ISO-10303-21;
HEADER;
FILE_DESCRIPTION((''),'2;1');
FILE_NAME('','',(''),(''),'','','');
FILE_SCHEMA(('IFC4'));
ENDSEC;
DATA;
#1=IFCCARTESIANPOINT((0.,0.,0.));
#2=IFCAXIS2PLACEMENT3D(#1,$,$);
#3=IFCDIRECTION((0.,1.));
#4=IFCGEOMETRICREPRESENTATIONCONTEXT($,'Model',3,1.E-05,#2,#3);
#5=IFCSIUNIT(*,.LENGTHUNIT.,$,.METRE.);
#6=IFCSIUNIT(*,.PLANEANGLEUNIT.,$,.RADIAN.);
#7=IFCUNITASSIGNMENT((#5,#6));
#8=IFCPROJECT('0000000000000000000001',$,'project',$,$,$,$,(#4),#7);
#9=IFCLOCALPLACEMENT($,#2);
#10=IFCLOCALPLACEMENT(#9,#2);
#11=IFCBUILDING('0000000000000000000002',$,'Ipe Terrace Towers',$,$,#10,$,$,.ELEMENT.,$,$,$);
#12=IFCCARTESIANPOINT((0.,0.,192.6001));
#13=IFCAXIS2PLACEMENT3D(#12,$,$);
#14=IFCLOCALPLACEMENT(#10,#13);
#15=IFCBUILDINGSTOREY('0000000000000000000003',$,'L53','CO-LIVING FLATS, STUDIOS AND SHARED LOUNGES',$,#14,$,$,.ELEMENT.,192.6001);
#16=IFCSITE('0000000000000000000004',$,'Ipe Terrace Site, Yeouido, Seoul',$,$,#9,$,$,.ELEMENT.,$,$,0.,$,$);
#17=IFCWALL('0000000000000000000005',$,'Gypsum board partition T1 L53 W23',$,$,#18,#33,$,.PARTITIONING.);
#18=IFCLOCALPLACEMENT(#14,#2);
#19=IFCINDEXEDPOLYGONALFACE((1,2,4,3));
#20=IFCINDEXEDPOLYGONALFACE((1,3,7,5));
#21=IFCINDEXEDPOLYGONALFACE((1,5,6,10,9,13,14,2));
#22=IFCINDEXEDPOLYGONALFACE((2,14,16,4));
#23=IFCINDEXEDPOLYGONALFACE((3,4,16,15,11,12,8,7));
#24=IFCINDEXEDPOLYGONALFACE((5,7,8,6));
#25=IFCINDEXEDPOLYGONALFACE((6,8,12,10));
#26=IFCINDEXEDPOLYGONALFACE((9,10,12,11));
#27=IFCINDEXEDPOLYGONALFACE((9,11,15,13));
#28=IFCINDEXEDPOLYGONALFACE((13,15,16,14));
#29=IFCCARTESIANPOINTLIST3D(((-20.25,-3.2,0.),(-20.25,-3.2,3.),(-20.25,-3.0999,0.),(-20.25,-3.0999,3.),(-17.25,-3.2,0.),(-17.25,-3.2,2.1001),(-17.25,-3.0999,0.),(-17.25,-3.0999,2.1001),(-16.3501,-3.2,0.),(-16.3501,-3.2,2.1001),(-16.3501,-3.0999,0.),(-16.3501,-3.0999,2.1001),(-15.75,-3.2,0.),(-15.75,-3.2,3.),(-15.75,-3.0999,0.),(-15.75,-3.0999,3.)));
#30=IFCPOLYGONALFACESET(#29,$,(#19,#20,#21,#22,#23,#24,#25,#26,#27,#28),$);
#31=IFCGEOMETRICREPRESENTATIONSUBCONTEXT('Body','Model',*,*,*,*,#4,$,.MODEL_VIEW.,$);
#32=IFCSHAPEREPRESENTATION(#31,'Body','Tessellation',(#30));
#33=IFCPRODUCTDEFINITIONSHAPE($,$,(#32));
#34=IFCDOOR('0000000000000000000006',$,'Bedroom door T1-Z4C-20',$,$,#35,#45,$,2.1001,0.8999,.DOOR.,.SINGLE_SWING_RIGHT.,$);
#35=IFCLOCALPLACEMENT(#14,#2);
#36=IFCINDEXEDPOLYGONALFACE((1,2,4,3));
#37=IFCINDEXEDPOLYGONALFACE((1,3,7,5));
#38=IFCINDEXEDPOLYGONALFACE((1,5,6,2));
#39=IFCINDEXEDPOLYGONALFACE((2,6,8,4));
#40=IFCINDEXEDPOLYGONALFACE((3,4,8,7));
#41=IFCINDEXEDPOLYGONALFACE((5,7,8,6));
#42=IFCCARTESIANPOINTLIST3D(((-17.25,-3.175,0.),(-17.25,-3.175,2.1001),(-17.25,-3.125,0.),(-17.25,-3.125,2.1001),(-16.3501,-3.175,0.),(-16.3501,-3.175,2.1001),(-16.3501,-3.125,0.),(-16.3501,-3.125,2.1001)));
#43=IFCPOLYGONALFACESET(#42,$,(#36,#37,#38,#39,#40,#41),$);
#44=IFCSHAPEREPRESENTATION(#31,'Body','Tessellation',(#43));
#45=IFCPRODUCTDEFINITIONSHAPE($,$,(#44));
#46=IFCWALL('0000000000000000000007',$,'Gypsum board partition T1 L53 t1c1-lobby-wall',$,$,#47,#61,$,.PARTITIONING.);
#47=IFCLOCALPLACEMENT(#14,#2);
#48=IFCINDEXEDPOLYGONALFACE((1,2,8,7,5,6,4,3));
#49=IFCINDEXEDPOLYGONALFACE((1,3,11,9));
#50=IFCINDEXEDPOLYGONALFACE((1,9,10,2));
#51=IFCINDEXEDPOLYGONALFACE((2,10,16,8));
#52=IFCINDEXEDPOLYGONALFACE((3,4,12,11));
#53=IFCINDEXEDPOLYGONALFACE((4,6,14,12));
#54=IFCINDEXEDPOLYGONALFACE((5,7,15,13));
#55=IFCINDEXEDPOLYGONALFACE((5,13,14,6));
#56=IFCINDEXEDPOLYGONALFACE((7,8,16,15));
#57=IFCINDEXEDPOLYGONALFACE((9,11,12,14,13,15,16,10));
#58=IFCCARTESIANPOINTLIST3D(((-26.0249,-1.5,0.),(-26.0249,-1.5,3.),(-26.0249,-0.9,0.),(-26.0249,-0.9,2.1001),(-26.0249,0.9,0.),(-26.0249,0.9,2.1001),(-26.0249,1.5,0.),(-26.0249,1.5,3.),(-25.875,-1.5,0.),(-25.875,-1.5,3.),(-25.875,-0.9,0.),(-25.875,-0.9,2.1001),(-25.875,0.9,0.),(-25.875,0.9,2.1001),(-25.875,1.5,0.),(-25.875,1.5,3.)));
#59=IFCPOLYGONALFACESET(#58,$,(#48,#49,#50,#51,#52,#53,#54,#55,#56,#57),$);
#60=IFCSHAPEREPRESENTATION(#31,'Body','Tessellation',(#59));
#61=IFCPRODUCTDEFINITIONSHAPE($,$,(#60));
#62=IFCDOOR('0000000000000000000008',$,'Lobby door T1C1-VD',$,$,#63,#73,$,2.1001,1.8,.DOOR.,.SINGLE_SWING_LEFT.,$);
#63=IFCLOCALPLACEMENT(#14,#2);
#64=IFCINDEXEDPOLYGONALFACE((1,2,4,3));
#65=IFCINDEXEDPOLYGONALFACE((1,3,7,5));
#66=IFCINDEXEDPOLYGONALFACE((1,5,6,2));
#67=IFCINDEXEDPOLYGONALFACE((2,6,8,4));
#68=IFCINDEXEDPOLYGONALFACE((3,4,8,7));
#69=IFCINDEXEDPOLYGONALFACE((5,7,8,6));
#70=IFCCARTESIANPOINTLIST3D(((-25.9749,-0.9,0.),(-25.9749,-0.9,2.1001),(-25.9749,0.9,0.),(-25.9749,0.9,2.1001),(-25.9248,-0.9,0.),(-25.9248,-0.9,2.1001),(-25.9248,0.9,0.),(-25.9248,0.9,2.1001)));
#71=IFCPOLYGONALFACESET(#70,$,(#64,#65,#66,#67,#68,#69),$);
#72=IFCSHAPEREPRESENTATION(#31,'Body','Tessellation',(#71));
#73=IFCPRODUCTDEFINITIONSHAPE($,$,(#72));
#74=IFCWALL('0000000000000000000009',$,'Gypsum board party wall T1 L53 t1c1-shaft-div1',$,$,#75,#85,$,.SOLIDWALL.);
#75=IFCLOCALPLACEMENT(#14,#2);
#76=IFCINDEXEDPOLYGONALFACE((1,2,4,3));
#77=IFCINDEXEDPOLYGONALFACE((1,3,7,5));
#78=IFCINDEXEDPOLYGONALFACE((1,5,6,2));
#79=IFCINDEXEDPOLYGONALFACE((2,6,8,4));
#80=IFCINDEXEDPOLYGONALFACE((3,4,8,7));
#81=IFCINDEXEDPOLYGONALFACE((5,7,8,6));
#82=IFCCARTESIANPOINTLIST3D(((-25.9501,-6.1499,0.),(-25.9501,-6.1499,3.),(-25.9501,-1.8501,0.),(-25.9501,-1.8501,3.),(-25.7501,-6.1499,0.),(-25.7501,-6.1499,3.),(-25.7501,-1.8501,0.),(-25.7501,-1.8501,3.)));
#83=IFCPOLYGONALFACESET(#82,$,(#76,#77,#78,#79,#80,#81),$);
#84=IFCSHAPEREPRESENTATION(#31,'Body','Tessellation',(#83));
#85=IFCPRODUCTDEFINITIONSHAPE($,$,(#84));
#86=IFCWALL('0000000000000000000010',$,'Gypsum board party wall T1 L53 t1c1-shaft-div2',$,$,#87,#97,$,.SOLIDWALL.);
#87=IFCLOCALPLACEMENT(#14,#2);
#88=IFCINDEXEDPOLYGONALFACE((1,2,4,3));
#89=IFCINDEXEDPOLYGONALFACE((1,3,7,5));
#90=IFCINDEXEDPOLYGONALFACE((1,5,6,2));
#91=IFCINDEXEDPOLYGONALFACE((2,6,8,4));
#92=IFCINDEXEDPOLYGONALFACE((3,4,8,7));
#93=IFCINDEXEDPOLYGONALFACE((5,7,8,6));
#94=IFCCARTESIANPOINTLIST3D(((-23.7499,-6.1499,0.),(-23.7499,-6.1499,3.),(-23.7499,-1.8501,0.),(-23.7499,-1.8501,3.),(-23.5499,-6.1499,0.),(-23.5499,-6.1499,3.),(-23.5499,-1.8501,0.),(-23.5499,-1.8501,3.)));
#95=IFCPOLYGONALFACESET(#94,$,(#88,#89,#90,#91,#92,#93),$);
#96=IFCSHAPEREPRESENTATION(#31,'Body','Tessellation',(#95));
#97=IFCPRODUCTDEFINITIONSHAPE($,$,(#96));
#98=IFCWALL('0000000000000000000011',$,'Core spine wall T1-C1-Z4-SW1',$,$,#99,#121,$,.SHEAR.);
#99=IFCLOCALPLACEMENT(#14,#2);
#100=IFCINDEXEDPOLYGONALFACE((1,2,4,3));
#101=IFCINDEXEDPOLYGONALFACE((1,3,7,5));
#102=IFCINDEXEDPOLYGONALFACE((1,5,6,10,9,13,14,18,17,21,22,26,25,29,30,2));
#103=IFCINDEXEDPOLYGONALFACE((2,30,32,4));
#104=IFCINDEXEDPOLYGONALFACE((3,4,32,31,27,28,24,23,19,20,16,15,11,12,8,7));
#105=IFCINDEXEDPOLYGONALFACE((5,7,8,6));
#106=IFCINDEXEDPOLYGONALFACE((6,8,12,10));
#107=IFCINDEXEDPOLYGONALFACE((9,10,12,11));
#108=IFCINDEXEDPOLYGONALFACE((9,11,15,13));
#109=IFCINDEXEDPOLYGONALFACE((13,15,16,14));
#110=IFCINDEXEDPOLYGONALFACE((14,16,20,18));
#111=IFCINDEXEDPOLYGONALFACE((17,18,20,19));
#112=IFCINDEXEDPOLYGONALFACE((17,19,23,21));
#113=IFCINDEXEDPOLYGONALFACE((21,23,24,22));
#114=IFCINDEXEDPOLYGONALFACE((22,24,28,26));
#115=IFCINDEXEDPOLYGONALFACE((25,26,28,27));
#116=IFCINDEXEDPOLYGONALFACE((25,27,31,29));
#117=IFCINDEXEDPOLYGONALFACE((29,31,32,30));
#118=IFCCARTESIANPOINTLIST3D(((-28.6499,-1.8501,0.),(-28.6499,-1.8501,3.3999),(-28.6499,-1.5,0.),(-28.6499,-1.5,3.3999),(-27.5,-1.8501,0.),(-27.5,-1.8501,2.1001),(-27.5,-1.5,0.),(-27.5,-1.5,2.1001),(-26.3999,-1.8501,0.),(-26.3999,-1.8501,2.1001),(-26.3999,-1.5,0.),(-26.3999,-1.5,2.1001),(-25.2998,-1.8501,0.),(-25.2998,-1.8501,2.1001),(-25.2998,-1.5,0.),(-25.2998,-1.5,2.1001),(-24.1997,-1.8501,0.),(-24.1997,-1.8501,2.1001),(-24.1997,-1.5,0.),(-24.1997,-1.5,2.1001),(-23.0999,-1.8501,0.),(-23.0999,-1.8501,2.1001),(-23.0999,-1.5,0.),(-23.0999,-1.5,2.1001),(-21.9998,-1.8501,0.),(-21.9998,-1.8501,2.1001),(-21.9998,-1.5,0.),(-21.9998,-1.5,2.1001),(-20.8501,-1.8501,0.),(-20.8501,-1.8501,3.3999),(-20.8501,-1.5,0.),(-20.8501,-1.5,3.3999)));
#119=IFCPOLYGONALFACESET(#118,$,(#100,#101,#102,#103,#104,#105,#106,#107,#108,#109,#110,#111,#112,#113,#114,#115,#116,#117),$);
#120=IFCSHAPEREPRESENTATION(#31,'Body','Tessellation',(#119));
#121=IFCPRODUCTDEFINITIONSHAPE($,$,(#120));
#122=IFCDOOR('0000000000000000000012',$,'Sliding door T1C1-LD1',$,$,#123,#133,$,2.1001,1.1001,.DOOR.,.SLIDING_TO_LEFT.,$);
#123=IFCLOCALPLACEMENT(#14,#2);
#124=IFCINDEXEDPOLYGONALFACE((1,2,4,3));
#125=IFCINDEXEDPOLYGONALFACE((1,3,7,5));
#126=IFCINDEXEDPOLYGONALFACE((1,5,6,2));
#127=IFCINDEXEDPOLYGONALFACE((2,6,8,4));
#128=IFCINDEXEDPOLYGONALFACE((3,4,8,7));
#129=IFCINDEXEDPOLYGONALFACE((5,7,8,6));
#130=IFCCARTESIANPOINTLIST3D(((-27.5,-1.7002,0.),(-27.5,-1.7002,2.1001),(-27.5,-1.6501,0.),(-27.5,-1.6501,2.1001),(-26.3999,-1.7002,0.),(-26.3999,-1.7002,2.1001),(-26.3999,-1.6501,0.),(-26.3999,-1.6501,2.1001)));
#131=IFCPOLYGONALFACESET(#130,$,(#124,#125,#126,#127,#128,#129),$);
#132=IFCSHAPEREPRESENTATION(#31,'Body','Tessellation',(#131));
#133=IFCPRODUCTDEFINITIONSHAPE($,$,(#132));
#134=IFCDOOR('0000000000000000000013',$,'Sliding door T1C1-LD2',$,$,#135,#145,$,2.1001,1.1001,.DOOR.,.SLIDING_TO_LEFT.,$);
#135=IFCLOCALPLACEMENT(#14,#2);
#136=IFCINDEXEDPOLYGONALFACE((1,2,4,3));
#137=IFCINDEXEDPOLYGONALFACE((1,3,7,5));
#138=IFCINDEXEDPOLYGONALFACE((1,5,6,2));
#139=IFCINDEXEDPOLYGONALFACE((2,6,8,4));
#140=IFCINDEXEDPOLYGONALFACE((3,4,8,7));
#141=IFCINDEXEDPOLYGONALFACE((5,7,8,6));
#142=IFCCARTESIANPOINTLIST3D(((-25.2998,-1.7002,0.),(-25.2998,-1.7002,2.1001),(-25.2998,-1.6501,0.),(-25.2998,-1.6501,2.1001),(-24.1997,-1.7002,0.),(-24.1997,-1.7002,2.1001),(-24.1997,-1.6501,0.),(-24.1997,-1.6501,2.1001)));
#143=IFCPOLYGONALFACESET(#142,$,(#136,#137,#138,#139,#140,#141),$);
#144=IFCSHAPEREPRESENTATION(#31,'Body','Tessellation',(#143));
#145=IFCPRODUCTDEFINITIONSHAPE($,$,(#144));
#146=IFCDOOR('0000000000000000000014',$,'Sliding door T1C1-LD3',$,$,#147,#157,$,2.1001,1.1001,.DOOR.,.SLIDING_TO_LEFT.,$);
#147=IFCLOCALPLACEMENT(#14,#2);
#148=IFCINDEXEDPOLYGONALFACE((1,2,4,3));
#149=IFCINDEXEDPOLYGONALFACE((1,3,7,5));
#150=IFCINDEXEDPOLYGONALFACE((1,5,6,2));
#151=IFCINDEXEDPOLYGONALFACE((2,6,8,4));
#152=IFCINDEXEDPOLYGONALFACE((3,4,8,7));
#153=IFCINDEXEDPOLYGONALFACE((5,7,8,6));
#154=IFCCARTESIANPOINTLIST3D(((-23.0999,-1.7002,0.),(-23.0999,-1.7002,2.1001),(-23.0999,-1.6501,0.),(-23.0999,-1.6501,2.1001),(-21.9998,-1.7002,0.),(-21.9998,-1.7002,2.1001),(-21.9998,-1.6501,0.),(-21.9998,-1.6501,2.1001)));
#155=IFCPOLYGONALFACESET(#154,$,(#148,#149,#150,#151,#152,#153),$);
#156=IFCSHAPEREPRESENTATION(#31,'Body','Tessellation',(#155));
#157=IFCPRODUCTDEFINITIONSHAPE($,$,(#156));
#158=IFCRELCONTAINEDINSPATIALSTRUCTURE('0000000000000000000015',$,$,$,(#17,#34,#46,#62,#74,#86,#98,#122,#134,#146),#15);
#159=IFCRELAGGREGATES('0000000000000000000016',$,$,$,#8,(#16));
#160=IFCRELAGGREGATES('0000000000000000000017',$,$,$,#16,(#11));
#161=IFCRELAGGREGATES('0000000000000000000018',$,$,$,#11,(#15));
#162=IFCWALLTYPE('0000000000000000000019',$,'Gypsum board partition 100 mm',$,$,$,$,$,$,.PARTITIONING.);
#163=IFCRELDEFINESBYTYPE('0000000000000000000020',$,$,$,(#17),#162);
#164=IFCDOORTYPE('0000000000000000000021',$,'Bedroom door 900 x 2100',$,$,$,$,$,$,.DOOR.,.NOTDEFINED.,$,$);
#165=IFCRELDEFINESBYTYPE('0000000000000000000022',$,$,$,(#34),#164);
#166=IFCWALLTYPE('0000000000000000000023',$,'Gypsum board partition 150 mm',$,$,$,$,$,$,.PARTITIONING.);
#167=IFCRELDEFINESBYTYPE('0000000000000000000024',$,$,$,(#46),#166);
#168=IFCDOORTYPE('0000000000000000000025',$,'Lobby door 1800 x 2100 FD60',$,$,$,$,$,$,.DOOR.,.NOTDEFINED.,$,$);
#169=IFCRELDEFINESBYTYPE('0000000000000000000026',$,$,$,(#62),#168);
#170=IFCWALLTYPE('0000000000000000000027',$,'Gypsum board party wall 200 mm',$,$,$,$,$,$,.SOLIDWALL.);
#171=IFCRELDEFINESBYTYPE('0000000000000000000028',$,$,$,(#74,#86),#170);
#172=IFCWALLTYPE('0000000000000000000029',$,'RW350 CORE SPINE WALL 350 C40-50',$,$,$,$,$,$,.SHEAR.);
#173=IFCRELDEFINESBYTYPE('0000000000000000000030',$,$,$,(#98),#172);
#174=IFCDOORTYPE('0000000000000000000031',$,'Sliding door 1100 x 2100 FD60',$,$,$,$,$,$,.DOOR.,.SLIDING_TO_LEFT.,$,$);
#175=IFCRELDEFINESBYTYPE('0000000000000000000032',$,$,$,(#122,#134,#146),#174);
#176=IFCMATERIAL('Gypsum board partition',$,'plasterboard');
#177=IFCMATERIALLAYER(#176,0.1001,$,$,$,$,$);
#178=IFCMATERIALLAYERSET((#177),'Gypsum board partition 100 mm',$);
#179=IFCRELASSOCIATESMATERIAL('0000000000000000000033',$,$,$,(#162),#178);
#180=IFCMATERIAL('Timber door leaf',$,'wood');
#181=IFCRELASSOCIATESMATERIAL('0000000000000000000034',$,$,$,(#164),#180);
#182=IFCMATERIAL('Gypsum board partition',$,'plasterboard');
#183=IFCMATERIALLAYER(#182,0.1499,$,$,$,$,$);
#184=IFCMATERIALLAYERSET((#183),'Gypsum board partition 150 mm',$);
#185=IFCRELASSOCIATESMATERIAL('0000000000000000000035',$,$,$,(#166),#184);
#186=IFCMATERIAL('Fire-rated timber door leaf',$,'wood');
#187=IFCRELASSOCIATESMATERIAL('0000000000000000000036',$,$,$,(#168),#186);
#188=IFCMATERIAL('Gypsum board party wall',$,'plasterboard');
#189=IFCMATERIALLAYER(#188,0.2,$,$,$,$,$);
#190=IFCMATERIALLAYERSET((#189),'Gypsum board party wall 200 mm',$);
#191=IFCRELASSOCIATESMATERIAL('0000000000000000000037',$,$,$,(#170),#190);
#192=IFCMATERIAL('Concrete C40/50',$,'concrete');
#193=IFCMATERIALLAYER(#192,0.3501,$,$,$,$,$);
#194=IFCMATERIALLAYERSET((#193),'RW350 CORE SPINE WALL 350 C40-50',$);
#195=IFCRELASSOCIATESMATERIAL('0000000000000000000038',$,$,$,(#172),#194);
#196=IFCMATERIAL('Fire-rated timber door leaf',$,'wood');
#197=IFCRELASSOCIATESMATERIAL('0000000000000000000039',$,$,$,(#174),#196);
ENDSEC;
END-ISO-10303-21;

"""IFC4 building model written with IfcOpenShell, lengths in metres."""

from ifc_helpers import new_model, si_unit, direction, frame, frame_2d, origin, place, context, subcontext, project, spatial, rectangle, extrude, material, layer, layer_set, type_object, element, fill, save


model = new_model("IFC4")

# Units and contexts
model_context = context("Model", 3, precision=1e-05, world=origin(), true_north=direction((0.0, 1.0)))
body_context = subcontext(model_context, "Body", "Model", "MODEL_VIEW")
ifc_project = project(units=[si_unit("LENGTHUNIT", "METRE"), si_unit("PLANEANGLEUNIT", "RADIAN")], contexts=[model_context])

# Site, building, storey
site_placement = place(None, origin())
site = spatial("IfcSite", under=ifc_project, at=site_placement, Name="Ipe Terrace Site, Yeouido, Seoul", CompositionType="ELEMENT", RefElevation=0.0)
building_placement = place(site_placement, origin())
building = spatial("IfcBuilding", under=site, at=building_placement, Name="Ipe Terrace Towers", CompositionType="ELEMENT")
storey_placement = place(building_placement, frame((0.0, 0.0, 192.6001)))
storey = spatial("IfcBuildingStorey", under=building, at=storey_placement, Name="L53", Description="CO-LIVING FLATS, STUDIOS AND SHARED LOUNGES", CompositionType="ELEMENT", Elevation=192.6001)

# Walls, openings, doors
ifc_material_1 = material(Name="Gypsum board partition", Category="plasterboard")
ifc_layer_1 = layer(ifc_material_1, 0.1001)
ifc_layer_set_1 = layer_set([ifc_layer_1], Name="Gypsum board partition 100 mm")
wall_type_1 = type_object("IfcWallType", Name="Gypsum board partition 100 mm", PredefinedType="PARTITIONING", material=ifc_layer_set_1)
wall_1_placement = place(storey_placement, frame((-20.25, -3.1499, 0.0), z_axis=(0.0, 0.0, 1.0), x_axis=(1.0, 0.0, 0.0)))
wall_1 = element("IfcWall", 1, at=wall_1_placement, inside=storey, type_object=wall_type_1, Name="Gypsum board partition T1 L53 W23", PredefinedType="PARTITIONING", context=body_context, shape_type="SweptSolid", body=[
    extrude(rectangle(XDim=4.5, YDim=0.1001, at=frame_2d((2.25, 0.0))), origin(), (0.0, 0.0, 1.0), 3.0),
])
opening_1_placement = place(wall_1_placement, frame((3.0, 0.0, 0.0)))
opening_1 = element("IfcOpeningElement", 2, at=opening_1_placement, cuts=wall_1, PredefinedType="OPENING", context=body_context, shape_type="SweptSolid", body=[
    extrude(rectangle(XDim=0.8999, YDim=2.1001, at=frame_2d((0.45, 1.05))), frame((0.0, 0.0601, 0.0), z_axis=(0.0, -1.0, 0.0), x_axis=(1.0, 0.0, 0.0)), (0.0, 0.0, 1.0), 0.1201),
])
ifc_material_2 = material(Name="Timber door leaf", Category="wood")
door_type_1 = type_object("IfcDoorType", Name="Bedroom door 900 x 2100", OperationType="NOTDEFINED", PredefinedType="DOOR", material=ifc_material_2)
door_1_placement = place(opening_1_placement, origin())
door_1 = element("IfcDoor", 3, at=door_1_placement, inside=storey, type_object=door_type_1, Name="Bedroom door T1-Z4C-20", OperationType="SINGLE_SWING_RIGHT", OverallHeight=2.1001, OverallWidth=0.8999, PredefinedType="DOOR", context=body_context, shape_type="SweptSolid", body=[
    extrude(rectangle(XDim=0.8999, YDim=2.1001, at=frame_2d((0.45, 1.05))), frame((0.0, 0.0249, 0.0), z_axis=(0.0, -1.0, 0.0), x_axis=(1.0, 0.0, 0.0)), (0.0, 0.0, 1.0), 0.05),
])
fill(opening_1, door_1)
ifc_material_3 = material(Name="Gypsum board partition", Category="plasterboard")
ifc_layer_2 = layer(ifc_material_3, 0.1499)
ifc_layer_set_2 = layer_set([ifc_layer_2], Name="Gypsum board partition 150 mm")
wall_type_2 = type_object("IfcWallType", Name="Gypsum board partition 150 mm", PredefinedType="PARTITIONING", material=ifc_layer_set_2)
wall_2_placement = place(storey_placement, frame((-25.95, -1.5, 0.0), z_axis=(0.0, 0.0, 1.0), x_axis=(0.0, 1.0, 0.0)))
wall_2 = element("IfcWall", 4, at=wall_2_placement, inside=storey, type_object=wall_type_2, Name="Gypsum board partition T1 L53 t1c1-lobby-wall", PredefinedType="PARTITIONING", context=body_context, shape_type="SweptSolid", body=[
    extrude(rectangle(XDim=3.0, YDim=0.1499, at=frame_2d((1.5, 0.0))), origin(), (0.0, 0.0, 1.0), 3.0),
])
opening_2_placement = place(wall_2_placement, frame((0.6001, 0.0, 0.0)))
opening_2 = element("IfcOpeningElement", 5, at=opening_2_placement, cuts=wall_2, PredefinedType="OPENING", context=body_context, shape_type="SweptSolid", body=[
    extrude(rectangle(XDim=1.8, YDim=2.1001, at=frame_2d((0.8999, 1.05))), frame((0.0, 0.085, 0.0), z_axis=(0.0, -1.0, 0.0), x_axis=(1.0, 0.0, 0.0)), (0.0, 0.0, 1.0), 0.1699),
])
ifc_material_4 = material(Name="Fire-rated timber door leaf", Category="wood")
door_type_2 = type_object("IfcDoorType", Name="Lobby door 1800 x 2100 FD60", OperationType="NOTDEFINED", PredefinedType="DOOR", material=ifc_material_4)
door_2_placement = place(opening_2_placement, origin())
door_2 = element("IfcDoor", 6, at=door_2_placement, inside=storey, type_object=door_type_2, Name="Lobby door T1C1-VD", OperationType="SINGLE_SWING_LEFT", OverallHeight=2.1001, OverallWidth=1.8, PredefinedType="DOOR", context=body_context, shape_type="SweptSolid", body=[
    extrude(rectangle(XDim=1.8, YDim=2.1001, at=frame_2d((0.8999, 1.05))), frame((0.0, 0.0249, 0.0), z_axis=(0.0, -1.0, 0.0), x_axis=(1.0, 0.0, 0.0)), (0.0, 0.0, 1.0), 0.05),
])
fill(opening_2, door_2)

# Walls
ifc_material_5 = material(Name="Gypsum board party wall", Category="plasterboard")
ifc_layer_3 = layer(ifc_material_5, 0.2)
ifc_layer_set_3 = layer_set([ifc_layer_3], Name="Gypsum board party wall 200 mm")
wall_type_3 = type_object("IfcWallType", Name="Gypsum board party wall 200 mm", PredefinedType="SOLIDWALL", material=ifc_layer_set_3)
for number, where, z_axis, x_axis, name in (
    (7, (-25.8501, -6.1499, 0.0), (0.0, 0.0, 1.0), (0.0, 1.0, 0.0), "Gypsum board party wall T1 L53 t1c1-shaft-div1"),
    (8, (-23.6499, -6.1499, 0.0), (0.0, 0.0, 1.0), (0.0, 1.0, 0.0), "Gypsum board party wall T1 L53 t1c1-shaft-div2"),
):
    element("IfcWall", number, at=place(storey_placement, frame(where, z_axis=z_axis, x_axis=x_axis)), inside=storey, type_object=wall_type_3, Name=name, PredefinedType="SOLIDWALL", context=body_context, shape_type="SweptSolid", body=[
        extrude(rectangle(XDim=4.2998, YDim=0.2, at=frame_2d((2.1499, 0.0))), origin(), (0.0, 0.0, 1.0), 3.0),
    ])

# Wall, openings, doors
ifc_material_6 = material(Name="Concrete C40/50", Category="concrete")
ifc_layer_4 = layer(ifc_material_6, 0.3501)
ifc_layer_set_4 = layer_set([ifc_layer_4], Name="RW350 CORE SPINE WALL 350 C40-50")
wall_type_4 = type_object("IfcWallType", Name="RW350 CORE SPINE WALL 350 C40-50", PredefinedType="SHEAR", material=ifc_layer_set_4)
wall_3_placement = place(storey_placement, frame((-28.6499, -1.675, 0.0), z_axis=(0.0, 0.0, 1.0), x_axis=(1.0, 0.0, 0.0)))
wall_3 = element("IfcWall", 9, at=wall_3_placement, inside=storey, type_object=wall_type_4, Name="Core spine wall T1-C1-Z4-SW1", PredefinedType="SHEAR", context=body_context, shape_type="SweptSolid", body=[
    extrude(rectangle(XDim=7.7998, YDim=0.3501, at=frame_2d((3.8999, 0.0))), origin(), (0.0, 0.0, 1.0), 3.3999),
])
opening_3_placement = place(wall_3_placement, frame((1.1499, 0.0, 0.0)))
opening_3 = element("IfcOpeningElement", 10, at=opening_3_placement, cuts=wall_3, PredefinedType="OPENING", context=body_context, shape_type="SweptSolid", body=[
    extrude(rectangle(XDim=1.1001, YDim=2.1001, at=frame_2d((0.55, 1.05))), frame((0.0, 0.1851, 0.0), z_axis=(0.0, -1.0, 0.0), x_axis=(1.0, 0.0, 0.0)), (0.0, 0.0, 1.0), 0.3701),
])
opening_4_placement = place(wall_3_placement, frame((3.3501, 0.0, 0.0)))
opening_4 = element("IfcOpeningElement", 11, at=opening_4_placement, cuts=wall_3, PredefinedType="OPENING", context=body_context, shape_type="SweptSolid", body=[
    extrude(rectangle(XDim=1.1001, YDim=2.1001, at=frame_2d((0.55, 1.05))), frame((0.0, 0.1851, 0.0), z_axis=(0.0, -1.0, 0.0), x_axis=(1.0, 0.0, 0.0)), (0.0, 0.0, 1.0), 0.3701),
])
opening_5_placement = place(wall_3_placement, frame((5.55, 0.0, 0.0)))
opening_5 = element("IfcOpeningElement", 12, at=opening_5_placement, cuts=wall_3, PredefinedType="OPENING", context=body_context, shape_type="SweptSolid", body=[
    extrude(rectangle(XDim=1.1001, YDim=2.1001, at=frame_2d((0.55, 1.05))), frame((0.0, 0.1851, 0.0), z_axis=(0.0, -1.0, 0.0), x_axis=(1.0, 0.0, 0.0)), (0.0, 0.0, 1.0), 0.3701),
])
ifc_material_7 = material(Name="Fire-rated timber door leaf", Category="wood")
door_type_3 = type_object("IfcDoorType", Name="Sliding door 1100 x 2100 FD60", OperationType="SLIDING_TO_LEFT", PredefinedType="DOOR", material=ifc_material_7)
door_3_placement = place(opening_3_placement, origin())
door_3 = element("IfcDoor", 13, at=door_3_placement, inside=storey, type_object=door_type_3, Name="Sliding door T1C1-LD1", OperationType="SLIDING_TO_LEFT", OverallHeight=2.1001, OverallWidth=1.1001, PredefinedType="DOOR", context=body_context, shape_type="SweptSolid", body=[
    extrude(rectangle(XDim=1.1001, YDim=2.1001, at=frame_2d((0.55, 1.05))), frame((0.0, 0.0249, 0.0), z_axis=(0.0, -1.0, 0.0), x_axis=(1.0, 0.0, 0.0)), (0.0, 0.0, 1.0), 0.05),
])
fill(opening_3, door_3)
door_4_placement = place(opening_4_placement, origin())
door_4 = element("IfcDoor", 14, at=door_4_placement, inside=storey, type_object=door_type_3, Name="Sliding door T1C1-LD2", OperationType="SLIDING_TO_LEFT", OverallHeight=2.1001, OverallWidth=1.1001, PredefinedType="DOOR", context=body_context, shape_type="SweptSolid", body=[
    extrude(rectangle(XDim=1.1001, YDim=2.1001, at=frame_2d((0.55, 1.05))), frame((0.0, 0.0249, 0.0), z_axis=(0.0, -1.0, 0.0), x_axis=(1.0, 0.0, 0.0)), (0.0, 0.0, 1.0), 0.05),
])
fill(opening_4, door_4)
door_5_placement = place(opening_5_placement, origin())
door_5 = element("IfcDoor", 15, at=door_5_placement, inside=storey, type_object=door_type_3, Name="Sliding door T1C1-LD3", OperationType="SLIDING_TO_LEFT", OverallHeight=2.1001, OverallWidth=1.1001, PredefinedType="DOOR", context=body_context, shape_type="SweptSolid", body=[
    extrude(rectangle(XDim=1.1001, YDim=2.1001, at=frame_2d((0.55, 1.05))), frame((0.0, 0.0249, 0.0), z_axis=(0.0, -1.0, 0.0), x_axis=(1.0, 0.0, 0.0)), (0.0, 0.0, 1.0), 0.05),
])
fill(opening_5, door_5)

save(model, "model.ifc")
